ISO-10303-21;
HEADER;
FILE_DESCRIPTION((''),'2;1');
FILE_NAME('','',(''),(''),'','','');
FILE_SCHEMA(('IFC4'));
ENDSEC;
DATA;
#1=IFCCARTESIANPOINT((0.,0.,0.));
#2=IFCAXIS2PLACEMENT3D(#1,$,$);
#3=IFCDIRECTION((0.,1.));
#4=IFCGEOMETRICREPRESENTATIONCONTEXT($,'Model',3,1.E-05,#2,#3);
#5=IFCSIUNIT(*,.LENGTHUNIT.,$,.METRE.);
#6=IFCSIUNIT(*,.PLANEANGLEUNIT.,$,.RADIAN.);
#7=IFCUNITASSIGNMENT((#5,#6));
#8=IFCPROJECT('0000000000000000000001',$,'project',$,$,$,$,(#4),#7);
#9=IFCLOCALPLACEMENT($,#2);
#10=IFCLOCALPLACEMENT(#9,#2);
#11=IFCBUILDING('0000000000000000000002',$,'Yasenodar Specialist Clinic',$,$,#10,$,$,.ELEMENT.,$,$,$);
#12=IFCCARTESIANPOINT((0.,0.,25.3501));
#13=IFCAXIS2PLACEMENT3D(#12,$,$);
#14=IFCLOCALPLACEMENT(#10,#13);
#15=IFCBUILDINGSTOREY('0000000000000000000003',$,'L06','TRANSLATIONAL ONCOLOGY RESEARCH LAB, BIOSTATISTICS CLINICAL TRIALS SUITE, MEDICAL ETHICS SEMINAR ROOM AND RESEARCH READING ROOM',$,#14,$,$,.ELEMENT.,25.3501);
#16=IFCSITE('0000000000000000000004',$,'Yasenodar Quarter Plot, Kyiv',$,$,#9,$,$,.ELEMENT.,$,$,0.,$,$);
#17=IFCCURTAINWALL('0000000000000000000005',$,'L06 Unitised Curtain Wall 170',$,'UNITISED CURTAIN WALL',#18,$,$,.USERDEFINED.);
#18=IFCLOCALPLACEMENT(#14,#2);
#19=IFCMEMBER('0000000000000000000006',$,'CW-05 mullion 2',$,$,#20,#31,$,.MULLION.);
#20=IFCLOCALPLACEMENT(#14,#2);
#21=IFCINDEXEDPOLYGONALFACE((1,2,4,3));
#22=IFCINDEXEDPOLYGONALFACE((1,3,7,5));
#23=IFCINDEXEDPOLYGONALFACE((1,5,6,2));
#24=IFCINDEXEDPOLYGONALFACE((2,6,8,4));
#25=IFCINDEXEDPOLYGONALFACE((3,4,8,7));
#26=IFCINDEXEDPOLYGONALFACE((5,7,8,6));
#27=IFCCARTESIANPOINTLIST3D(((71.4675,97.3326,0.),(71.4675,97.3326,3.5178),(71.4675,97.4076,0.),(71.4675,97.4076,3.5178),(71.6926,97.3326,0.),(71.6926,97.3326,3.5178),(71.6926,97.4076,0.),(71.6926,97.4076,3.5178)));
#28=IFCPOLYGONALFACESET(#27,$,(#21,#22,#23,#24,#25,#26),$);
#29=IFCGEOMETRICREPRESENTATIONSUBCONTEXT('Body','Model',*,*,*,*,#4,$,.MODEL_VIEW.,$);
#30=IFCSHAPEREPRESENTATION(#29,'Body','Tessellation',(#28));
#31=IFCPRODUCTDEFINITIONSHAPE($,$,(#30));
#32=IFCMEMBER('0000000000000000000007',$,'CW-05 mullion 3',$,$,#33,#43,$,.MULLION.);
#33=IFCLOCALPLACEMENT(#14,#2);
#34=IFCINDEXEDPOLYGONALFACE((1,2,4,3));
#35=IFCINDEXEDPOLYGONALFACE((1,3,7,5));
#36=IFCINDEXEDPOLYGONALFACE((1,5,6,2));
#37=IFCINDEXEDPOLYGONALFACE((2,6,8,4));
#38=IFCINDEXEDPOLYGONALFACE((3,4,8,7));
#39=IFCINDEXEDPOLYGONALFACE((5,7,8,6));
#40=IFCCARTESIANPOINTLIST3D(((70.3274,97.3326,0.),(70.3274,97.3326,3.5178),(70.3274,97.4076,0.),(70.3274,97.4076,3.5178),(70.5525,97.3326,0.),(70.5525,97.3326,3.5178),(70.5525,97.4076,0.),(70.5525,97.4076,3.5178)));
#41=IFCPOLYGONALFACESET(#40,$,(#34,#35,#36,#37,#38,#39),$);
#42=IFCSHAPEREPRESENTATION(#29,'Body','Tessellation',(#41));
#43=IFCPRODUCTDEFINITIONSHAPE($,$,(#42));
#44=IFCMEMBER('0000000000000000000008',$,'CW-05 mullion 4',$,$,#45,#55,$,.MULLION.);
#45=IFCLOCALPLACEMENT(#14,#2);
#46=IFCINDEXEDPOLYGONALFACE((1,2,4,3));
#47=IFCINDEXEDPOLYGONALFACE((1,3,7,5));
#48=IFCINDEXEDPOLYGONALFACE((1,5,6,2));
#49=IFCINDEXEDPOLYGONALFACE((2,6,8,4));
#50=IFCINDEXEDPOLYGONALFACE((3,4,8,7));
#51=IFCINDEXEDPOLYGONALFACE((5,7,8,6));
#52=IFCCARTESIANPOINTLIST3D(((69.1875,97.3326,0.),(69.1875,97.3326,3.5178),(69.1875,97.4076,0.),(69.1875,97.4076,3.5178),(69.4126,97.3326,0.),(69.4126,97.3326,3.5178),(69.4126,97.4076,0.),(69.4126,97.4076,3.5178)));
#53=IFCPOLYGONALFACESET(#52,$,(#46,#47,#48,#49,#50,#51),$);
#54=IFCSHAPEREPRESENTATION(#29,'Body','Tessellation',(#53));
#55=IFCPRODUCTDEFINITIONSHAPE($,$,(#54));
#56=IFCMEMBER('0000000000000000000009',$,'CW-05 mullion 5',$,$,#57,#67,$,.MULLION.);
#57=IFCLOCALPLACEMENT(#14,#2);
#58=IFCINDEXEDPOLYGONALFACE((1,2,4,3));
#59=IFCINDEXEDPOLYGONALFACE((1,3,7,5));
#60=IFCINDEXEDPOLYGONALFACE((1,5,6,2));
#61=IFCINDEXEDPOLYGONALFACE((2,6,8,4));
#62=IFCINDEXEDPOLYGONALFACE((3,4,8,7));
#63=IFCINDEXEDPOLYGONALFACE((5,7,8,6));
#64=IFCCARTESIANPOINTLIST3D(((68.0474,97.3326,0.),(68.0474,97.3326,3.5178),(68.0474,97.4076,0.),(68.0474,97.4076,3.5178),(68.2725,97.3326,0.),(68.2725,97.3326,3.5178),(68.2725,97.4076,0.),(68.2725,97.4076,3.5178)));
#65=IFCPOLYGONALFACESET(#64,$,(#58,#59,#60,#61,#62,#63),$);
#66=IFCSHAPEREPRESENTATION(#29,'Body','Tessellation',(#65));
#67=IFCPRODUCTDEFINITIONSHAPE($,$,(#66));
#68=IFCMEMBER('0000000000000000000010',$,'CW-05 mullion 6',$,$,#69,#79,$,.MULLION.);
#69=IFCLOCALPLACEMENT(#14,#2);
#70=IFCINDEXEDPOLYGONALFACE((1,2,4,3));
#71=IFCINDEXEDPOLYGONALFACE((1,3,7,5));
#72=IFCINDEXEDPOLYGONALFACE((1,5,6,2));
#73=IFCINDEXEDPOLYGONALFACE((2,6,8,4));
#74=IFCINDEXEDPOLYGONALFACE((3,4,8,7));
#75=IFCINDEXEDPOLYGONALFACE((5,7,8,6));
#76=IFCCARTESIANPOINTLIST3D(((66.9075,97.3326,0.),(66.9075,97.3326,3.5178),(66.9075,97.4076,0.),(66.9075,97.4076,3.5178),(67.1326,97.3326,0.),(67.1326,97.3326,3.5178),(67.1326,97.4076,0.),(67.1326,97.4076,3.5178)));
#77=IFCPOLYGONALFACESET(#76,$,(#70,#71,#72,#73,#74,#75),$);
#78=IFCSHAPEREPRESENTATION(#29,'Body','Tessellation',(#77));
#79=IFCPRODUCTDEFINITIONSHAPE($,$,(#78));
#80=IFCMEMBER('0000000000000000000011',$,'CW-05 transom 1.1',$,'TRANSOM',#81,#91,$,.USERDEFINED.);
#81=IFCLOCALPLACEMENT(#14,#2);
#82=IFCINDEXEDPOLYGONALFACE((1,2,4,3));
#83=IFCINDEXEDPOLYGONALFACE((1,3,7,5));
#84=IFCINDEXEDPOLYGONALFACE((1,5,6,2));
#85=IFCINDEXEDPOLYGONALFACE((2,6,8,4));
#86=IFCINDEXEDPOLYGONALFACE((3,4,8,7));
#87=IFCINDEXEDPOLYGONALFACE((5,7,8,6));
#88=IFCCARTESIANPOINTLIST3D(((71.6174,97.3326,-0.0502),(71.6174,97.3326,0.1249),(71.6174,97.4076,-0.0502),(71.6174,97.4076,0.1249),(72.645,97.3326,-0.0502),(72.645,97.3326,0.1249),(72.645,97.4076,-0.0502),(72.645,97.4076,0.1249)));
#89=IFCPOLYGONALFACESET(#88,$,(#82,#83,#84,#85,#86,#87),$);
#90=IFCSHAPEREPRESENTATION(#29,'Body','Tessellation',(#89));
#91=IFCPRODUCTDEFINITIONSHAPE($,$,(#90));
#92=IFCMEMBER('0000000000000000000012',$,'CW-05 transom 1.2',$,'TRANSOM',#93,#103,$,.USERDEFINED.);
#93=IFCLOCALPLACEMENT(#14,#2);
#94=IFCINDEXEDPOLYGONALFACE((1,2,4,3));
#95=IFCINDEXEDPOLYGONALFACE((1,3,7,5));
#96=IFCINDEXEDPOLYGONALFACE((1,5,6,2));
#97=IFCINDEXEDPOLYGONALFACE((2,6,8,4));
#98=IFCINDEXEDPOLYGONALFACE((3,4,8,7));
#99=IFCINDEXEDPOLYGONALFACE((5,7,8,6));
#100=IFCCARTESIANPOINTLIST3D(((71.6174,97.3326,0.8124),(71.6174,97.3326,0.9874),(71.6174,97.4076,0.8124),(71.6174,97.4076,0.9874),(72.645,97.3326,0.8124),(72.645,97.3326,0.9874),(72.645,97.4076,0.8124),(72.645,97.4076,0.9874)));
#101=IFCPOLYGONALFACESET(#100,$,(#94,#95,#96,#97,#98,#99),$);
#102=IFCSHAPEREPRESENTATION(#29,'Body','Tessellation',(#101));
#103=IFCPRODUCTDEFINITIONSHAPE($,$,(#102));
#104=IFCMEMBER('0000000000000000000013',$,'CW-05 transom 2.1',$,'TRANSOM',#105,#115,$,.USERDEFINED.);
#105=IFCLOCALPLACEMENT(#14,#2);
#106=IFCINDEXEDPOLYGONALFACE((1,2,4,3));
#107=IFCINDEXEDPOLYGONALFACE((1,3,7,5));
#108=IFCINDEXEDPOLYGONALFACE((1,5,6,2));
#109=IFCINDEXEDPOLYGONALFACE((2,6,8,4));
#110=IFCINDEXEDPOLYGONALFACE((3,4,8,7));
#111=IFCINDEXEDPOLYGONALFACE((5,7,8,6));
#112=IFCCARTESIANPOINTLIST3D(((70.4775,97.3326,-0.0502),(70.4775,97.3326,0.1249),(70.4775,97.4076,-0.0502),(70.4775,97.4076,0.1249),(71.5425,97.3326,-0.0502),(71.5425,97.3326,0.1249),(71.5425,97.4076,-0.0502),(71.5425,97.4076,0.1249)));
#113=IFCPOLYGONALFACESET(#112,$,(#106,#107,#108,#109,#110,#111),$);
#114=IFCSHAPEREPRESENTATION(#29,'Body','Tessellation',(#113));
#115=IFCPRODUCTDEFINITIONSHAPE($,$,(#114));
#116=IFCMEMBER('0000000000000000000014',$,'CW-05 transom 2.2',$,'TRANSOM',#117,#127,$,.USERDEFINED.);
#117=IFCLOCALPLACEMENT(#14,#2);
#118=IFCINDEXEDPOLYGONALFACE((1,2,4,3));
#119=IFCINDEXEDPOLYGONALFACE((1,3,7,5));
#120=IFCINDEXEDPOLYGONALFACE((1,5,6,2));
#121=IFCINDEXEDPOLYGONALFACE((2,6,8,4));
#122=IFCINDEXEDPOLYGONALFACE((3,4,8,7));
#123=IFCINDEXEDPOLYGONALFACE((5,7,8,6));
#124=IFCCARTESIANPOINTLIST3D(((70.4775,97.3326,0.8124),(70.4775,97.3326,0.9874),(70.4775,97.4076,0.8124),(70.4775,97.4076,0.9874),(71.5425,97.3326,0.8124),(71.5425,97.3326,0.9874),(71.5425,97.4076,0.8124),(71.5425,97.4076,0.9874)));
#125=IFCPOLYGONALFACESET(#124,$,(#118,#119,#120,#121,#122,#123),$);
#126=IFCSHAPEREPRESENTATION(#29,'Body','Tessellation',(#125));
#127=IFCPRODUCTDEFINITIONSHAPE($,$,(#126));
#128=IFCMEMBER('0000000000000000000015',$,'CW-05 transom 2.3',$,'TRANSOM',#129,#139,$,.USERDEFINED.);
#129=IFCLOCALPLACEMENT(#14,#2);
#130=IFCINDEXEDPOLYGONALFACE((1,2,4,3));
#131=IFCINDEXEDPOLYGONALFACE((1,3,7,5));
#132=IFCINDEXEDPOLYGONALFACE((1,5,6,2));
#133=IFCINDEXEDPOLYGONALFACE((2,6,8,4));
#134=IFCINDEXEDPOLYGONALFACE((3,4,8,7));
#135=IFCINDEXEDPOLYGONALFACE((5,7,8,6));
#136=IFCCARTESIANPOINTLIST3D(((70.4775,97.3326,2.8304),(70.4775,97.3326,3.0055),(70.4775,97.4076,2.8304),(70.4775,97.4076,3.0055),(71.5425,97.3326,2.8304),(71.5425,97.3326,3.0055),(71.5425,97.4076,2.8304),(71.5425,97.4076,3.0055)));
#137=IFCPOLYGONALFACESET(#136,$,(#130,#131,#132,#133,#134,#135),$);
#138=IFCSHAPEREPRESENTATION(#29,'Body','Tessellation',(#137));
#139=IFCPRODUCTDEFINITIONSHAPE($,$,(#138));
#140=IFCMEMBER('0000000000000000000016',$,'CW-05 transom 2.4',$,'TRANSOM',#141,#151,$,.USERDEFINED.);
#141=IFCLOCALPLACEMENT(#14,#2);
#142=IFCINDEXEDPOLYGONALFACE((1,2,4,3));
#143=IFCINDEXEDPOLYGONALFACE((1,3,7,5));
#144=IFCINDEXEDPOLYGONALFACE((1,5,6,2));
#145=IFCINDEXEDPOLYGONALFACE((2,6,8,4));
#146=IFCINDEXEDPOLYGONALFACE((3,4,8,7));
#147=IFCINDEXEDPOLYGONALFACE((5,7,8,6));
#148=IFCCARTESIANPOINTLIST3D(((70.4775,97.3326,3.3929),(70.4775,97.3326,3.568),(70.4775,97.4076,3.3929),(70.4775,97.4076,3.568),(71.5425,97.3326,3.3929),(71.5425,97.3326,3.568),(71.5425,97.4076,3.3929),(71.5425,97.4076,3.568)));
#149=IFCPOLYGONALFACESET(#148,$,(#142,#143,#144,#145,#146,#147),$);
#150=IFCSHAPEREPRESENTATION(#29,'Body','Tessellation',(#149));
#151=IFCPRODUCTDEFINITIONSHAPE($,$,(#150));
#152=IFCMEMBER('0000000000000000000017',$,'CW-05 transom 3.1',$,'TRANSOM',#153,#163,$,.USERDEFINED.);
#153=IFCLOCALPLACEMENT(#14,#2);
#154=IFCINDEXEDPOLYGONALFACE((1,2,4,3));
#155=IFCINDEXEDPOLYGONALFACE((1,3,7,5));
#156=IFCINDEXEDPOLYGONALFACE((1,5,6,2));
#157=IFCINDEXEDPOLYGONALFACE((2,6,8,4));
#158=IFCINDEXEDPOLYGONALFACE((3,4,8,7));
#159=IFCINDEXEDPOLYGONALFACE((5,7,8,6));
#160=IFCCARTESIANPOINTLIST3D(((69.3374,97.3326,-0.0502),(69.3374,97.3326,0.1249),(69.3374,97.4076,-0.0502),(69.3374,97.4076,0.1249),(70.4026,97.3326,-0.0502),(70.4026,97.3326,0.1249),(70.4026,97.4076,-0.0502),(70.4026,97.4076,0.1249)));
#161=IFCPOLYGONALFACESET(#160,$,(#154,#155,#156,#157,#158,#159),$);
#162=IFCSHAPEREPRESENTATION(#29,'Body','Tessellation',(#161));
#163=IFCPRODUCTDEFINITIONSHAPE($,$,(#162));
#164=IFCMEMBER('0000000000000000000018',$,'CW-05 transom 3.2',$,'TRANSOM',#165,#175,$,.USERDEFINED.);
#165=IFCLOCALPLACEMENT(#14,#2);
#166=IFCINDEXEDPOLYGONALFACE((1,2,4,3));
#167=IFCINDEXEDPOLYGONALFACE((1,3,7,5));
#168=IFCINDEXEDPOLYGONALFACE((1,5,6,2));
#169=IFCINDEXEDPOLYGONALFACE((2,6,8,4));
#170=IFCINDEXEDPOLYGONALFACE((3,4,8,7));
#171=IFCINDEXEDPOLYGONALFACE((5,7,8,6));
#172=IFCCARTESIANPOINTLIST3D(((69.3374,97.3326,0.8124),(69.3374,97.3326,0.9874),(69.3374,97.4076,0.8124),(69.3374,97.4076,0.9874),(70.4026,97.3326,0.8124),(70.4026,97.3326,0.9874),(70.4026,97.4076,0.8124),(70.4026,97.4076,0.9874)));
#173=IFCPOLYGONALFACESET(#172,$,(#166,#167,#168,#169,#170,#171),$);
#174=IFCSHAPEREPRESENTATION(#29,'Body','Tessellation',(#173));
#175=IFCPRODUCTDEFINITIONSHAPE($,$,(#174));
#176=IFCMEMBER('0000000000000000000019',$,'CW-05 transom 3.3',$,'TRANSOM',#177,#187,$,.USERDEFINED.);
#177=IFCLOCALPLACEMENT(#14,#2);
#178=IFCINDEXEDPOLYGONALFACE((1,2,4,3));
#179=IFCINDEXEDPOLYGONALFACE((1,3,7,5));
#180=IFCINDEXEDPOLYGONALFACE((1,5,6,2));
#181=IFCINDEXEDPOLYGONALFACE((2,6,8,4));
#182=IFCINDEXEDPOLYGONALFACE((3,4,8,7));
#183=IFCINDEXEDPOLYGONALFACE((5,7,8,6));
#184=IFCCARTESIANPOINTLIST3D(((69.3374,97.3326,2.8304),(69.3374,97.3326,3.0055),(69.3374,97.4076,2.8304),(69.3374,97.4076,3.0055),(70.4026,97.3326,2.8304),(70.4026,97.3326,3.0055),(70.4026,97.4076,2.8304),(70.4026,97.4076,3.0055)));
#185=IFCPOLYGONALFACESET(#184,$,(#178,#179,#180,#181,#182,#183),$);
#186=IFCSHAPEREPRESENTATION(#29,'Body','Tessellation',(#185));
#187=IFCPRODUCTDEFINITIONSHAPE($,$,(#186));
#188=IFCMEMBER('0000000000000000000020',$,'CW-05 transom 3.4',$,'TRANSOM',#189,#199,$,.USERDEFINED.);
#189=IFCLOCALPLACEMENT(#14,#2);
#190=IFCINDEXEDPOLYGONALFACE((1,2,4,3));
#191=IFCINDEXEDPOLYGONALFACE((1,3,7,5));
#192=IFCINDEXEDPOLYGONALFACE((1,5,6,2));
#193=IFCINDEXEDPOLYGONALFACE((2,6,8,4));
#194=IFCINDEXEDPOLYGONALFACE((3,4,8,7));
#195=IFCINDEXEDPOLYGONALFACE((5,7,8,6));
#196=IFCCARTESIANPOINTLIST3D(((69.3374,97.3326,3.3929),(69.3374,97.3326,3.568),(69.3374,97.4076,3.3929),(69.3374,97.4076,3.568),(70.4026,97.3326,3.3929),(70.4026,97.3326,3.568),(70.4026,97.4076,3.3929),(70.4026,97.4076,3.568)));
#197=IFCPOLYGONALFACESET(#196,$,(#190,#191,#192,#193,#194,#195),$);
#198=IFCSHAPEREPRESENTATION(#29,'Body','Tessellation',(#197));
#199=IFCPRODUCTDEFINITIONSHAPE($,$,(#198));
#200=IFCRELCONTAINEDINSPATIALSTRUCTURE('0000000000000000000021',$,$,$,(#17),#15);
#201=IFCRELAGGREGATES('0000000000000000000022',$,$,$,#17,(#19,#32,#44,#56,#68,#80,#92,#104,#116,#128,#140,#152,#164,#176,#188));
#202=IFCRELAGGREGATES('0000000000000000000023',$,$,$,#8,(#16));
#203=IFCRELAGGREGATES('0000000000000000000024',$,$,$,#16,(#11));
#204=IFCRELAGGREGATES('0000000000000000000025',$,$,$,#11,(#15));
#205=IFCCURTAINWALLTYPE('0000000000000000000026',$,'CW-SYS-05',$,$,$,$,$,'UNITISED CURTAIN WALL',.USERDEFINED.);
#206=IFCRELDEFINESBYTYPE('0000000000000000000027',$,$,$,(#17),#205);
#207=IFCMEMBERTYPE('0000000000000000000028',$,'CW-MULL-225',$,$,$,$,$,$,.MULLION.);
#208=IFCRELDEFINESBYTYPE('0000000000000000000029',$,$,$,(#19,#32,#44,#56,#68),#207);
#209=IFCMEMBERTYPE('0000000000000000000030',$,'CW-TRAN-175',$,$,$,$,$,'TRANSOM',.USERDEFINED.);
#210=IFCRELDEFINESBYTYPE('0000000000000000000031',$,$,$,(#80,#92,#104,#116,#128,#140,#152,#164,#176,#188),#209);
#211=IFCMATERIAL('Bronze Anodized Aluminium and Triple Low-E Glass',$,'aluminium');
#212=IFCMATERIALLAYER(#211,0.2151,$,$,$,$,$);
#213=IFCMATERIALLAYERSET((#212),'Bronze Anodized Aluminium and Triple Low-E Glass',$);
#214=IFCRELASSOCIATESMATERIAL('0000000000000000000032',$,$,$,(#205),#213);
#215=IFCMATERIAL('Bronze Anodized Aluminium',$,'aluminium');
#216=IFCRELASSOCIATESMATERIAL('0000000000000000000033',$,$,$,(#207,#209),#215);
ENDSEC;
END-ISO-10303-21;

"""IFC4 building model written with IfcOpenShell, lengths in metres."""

from ifc_helpers import new_model, si_unit, direction, frame, origin, origin_2d, place, context, subcontext, project, spatial, rectangle, extrude, material, layer, layer_set, material_profile, profile_set, type_object, element, aggregate, save


model = new_model("IFC4")

# Units and contexts
model_context = context("Model", 3, precision=1e-05, world=origin(), true_north=direction((0.0, 1.0)))
body_context = subcontext(model_context, "Body", "Model", "MODEL_VIEW")
ifc_project = project(units=[si_unit("LENGTHUNIT", "METRE"), si_unit("PLANEANGLEUNIT", "RADIAN")], contexts=[model_context])

# Site, building, storey
site_placement = place(None, origin())
site = spatial("IfcSite", under=ifc_project, at=site_placement, Name="Yasenodar Quarter Plot, Kyiv", CompositionType="ELEMENT", RefElevation=0.0)
building_placement = place(site_placement, origin())
building = spatial("IfcBuilding", under=site, at=building_placement, Name="Yasenodar Specialist Clinic", CompositionType="ELEMENT")
storey_placement = place(building_placement, frame((0.0, 0.0, 25.3501)))
storey = spatial("IfcBuildingStorey", under=building, at=storey_placement, Name="L06", Description="TRANSLATIONAL ONCOLOGY RESEARCH LAB, BIOSTATISTICS CLINICAL TRIALS SUITE, MEDICAL ETHICS SEMINAR ROOM AND RESEARCH READING ROOM", CompositionType="ELEMENT", Elevation=25.3501)

# Curtain wall, members
ifc_material_1 = material(Name="Bronze Anodized Aluminium and Triple Low-E Glass", Category="aluminium")
ifc_layer_1 = layer(ifc_material_1, 0.2151)
ifc_layer_set_1 = layer_set([ifc_layer_1], Name="Bronze Anodized Aluminium and Triple Low-E Glass")
curtain_wall_type = type_object("IfcCurtainWallType", Name="CW-SYS-05", ElementType="UNITISED CURTAIN WALL", PredefinedType="USERDEFINED", material=ifc_layer_set_1)
curtain_wall_placement = place(storey_placement, origin())
curtain_wall = element("IfcCurtainWall", 1, at=curtain_wall_placement, inside=storey, type_object=curtain_wall_type, Name="L06 Unitised Curtain Wall 170", ObjectType="UNITISED CURTAIN WALL", PredefinedType="USERDEFINED")
ifc_material_2 = material(Name="Bronze Anodized Aluminium", Category="aluminium")
ifc_material_profile_1 = material_profile(ifc_material_2, rectangle(XDim=0.075, YDim=0.2251, at=origin_2d()), Name="CW-MULL 75x225")
ifc_profile_set_1 = profile_set([ifc_material_profile_1], Name="Bronze Anodized Aluminium")
member_type_1 = type_object("IfcMemberType", Name="CW-MULL-225", PredefinedType="MULLION", material=ifc_profile_set_1)
member_1_placement = place(storey_placement, frame((71.5801, 97.3701, 0.0), z_axis=(0.0, 0.0, 1.0), x_axis=(0.0, -1.0, 0.0)))
member_1 = element("IfcMember", 2, at=member_1_placement, type_object=member_type_1, Name="CW-05 mullion 2", PredefinedType="MULLION", context=body_context, shape_type="SweptSolid", body=[
    extrude(rectangle(XDim=0.075, YDim=0.2251, at=origin_2d()), origin(), (0.0, 0.0, 1.0), 3.5178),
])
member_2_placement = place(storey_placement, frame((70.4399, 97.3701, 0.0), z_axis=(0.0, 0.0, 1.0), x_axis=(0.0, -1.0, 0.0)))
member_2 = element("IfcMember", 3, at=member_2_placement, type_object=member_type_1, Name="CW-05 mullion 3", PredefinedType="MULLION", context=body_context, shape_type="SweptSolid", body=[
    extrude(rectangle(XDim=0.075, YDim=0.2251, at=origin_2d()), origin(), (0.0, 0.0, 1.0), 3.5178),
])
member_3_placement = place(storey_placement, frame((69.3, 97.3701, 0.0), z_axis=(0.0, 0.0, 1.0), x_axis=(0.0, -1.0, 0.0)))
member_3 = element("IfcMember", 4, at=member_3_placement, type_object=member_type_1, Name="CW-05 mullion 4", PredefinedType="MULLION", context=body_context, shape_type="SweptSolid", body=[
    extrude(rectangle(XDim=0.075, YDim=0.2251, at=origin_2d()), origin(), (0.0, 0.0, 1.0), 3.5178),
])
member_4_placement = place(storey_placement, frame((68.1599, 97.3701, 0.0), z_axis=(0.0, 0.0, 1.0), x_axis=(0.0, -1.0, 0.0)))
member_4 = element("IfcMember", 5, at=member_4_placement, type_object=member_type_1, Name="CW-05 mullion 5", PredefinedType="MULLION", context=body_context, shape_type="SweptSolid", body=[
    extrude(rectangle(XDim=0.075, YDim=0.2251, at=origin_2d()), origin(), (0.0, 0.0, 1.0), 3.5178),
])
member_5_placement = place(storey_placement, frame((67.02, 97.3701, 0.0), z_axis=(0.0, 0.0, 1.0), x_axis=(0.0, -1.0, 0.0)))
member_5 = element("IfcMember", 6, at=member_5_placement, type_object=member_type_1, Name="CW-05 mullion 6", PredefinedType="MULLION", context=body_context, shape_type="SweptSolid", body=[
    extrude(rectangle(XDim=0.075, YDim=0.2251, at=origin_2d()), origin(), (0.0, 0.0, 1.0), 3.5178),
])
ifc_material_profile_2 = material_profile(ifc_material_2, rectangle(XDim=0.075, YDim=0.175, at=origin_2d()), Name="CW-TRAN 75x175")
ifc_profile_set_2 = profile_set([ifc_material_profile_2], Name="Bronze Anodized Aluminium")
member_type_2 = type_object("IfcMemberType", Name="CW-TRAN-175", ElementType="TRANSOM", PredefinedType="USERDEFINED", material=ifc_profile_set_2)
member_6_placement = place(storey_placement, frame((72.645, 97.3701, 0.0374), z_axis=(-1.0, 0.0, 0.0), x_axis=(0.0, -1.0, 0.0)))
member_6 = element("IfcMember", 7, at=member_6_placement, type_object=member_type_2, Name="CW-05 transom 1.1", ObjectType="TRANSOM", PredefinedType="USERDEFINED", context=body_context, shape_type="SweptSolid", body=[
    extrude(rectangle(XDim=0.075, YDim=0.175, at=origin_2d()), origin(), (0.0, 0.0, 1.0), 1.0276),
])
member_7_placement = place(storey_placement, frame((72.645, 97.3701, 0.8999), z_axis=(-1.0, 0.0, 0.0), x_axis=(0.0, -1.0, 0.0)))
member_7 = element("IfcMember", 8, at=member_7_placement, type_object=member_type_2, Name="CW-05 transom 1.2", ObjectType="TRANSOM", PredefinedType="USERDEFINED", context=body_context, shape_type="SweptSolid", body=[
    extrude(rectangle(XDim=0.075, YDim=0.175, at=origin_2d()), origin(), (0.0, 0.0, 1.0), 1.0276),
])
member_8_placement = place(storey_placement, frame((71.5425, 97.3701, 0.0374), z_axis=(-1.0, 0.0, 0.0), x_axis=(0.0, -1.0, 0.0)))
member_8 = element("IfcMember", 9, at=member_8_placement, type_object=member_type_2, Name="CW-05 transom 2.1", ObjectType="TRANSOM", PredefinedType="USERDEFINED", context=body_context, shape_type="SweptSolid", body=[
    extrude(rectangle(XDim=0.075, YDim=0.175, at=origin_2d()), origin(), (0.0, 0.0, 1.0), 1.0649),
])
member_9_placement = place(storey_placement, frame((71.5425, 97.3701, 0.8999), z_axis=(-1.0, 0.0, 0.0), x_axis=(0.0, -1.0, 0.0)))
member_9 = element("IfcMember", 10, at=member_9_placement, type_object=member_type_2, Name="CW-05 transom 2.2", ObjectType="TRANSOM", PredefinedType="USERDEFINED", context=body_context, shape_type="SweptSolid", body=[
    extrude(rectangle(XDim=0.075, YDim=0.175, at=origin_2d()), origin(), (0.0, 0.0, 1.0), 1.0649),
])
member_10_placement = place(storey_placement, frame((71.5425, 97.3701, 2.918), z_axis=(-1.0, 0.0, 0.0), x_axis=(0.0, -1.0, 0.0)))
member_10 = element("IfcMember", 11, at=member_10_placement, type_object=member_type_2, Name="CW-05 transom 2.3", ObjectType="TRANSOM", PredefinedType="USERDEFINED", context=body_context, shape_type="SweptSolid", body=[
    extrude(rectangle(XDim=0.075, YDim=0.175, at=origin_2d()), origin(), (0.0, 0.0, 1.0), 1.0649),
])
member_11_placement = place(storey_placement, frame((71.5425, 97.3701, 3.4805), z_axis=(-1.0, 0.0, 0.0), x_axis=(0.0, -1.0, 0.0)))
member_11 = element("IfcMember", 12, at=member_11_placement, type_object=member_type_2, Name="CW-05 transom 2.4", ObjectType="TRANSOM", PredefinedType="USERDEFINED", context=body_context, shape_type="SweptSolid", body=[
    extrude(rectangle(XDim=0.075, YDim=0.175, at=origin_2d()), origin(), (0.0, 0.0, 1.0), 1.0649),
])
member_12_placement = place(storey_placement, frame((70.4026, 97.3701, 0.0374), z_axis=(-1.0, 0.0, 0.0), x_axis=(0.0, -1.0, 0.0)))
member_12 = element("IfcMember", 13, at=member_12_placement, type_object=member_type_2, Name="CW-05 transom 3.1", ObjectType="TRANSOM", PredefinedType="USERDEFINED", context=body_context, shape_type="SweptSolid", body=[
    extrude(rectangle(XDim=0.075, YDim=0.175, at=origin_2d()), origin(), (0.0, 0.0, 1.0), 1.0652),
])
member_13_placement = place(storey_placement, frame((70.4026, 97.3701, 0.8999), z_axis=(-1.0, 0.0, 0.0), x_axis=(0.0, -1.0, 0.0)))
member_13 = element("IfcMember", 14, at=member_13_placement, type_object=member_type_2, Name="CW-05 transom 3.2", ObjectType="TRANSOM", PredefinedType="USERDEFINED", context=body_context, shape_type="SweptSolid", body=[
    extrude(rectangle(XDim=0.075, YDim=0.175, at=origin_2d()), origin(), (0.0, 0.0, 1.0), 1.0652),
])
member_14_placement = place(storey_placement, frame((70.4026, 97.3701, 2.918), z_axis=(-1.0, 0.0, 0.0), x_axis=(0.0, -1.0, 0.0)))
member_14 = element("IfcMember", 15, at=member_14_placement, type_object=member_type_2, Name="CW-05 transom 3.3", ObjectType="TRANSOM", PredefinedType="USERDEFINED", context=body_context, shape_type="SweptSolid", body=[
    extrude(rectangle(XDim=0.075, YDim=0.175, at=origin_2d()), origin(), (0.0, 0.0, 1.0), 1.0652),
])
member_15_placement = place(storey_placement, frame((70.4026, 97.3701, 3.4805), z_axis=(-1.0, 0.0, 0.0), x_axis=(0.0, -1.0, 0.0)))
member_15 = element("IfcMember", 16, at=member_15_placement, type_object=member_type_2, Name="CW-05 transom 3.4", ObjectType="TRANSOM", PredefinedType="USERDEFINED", context=body_context, shape_type="SweptSolid", body=[
    extrude(rectangle(XDim=0.075, YDim=0.175, at=origin_2d()), origin(), (0.0, 0.0, 1.0), 1.0652),
])
aggregate(curtain_wall, [member_1, member_2, member_3, member_4, member_5, member_6, member_7, member_8, member_9, member_10, member_11, member_12, member_13, member_14, member_15])

save(model, "model.ifc")
